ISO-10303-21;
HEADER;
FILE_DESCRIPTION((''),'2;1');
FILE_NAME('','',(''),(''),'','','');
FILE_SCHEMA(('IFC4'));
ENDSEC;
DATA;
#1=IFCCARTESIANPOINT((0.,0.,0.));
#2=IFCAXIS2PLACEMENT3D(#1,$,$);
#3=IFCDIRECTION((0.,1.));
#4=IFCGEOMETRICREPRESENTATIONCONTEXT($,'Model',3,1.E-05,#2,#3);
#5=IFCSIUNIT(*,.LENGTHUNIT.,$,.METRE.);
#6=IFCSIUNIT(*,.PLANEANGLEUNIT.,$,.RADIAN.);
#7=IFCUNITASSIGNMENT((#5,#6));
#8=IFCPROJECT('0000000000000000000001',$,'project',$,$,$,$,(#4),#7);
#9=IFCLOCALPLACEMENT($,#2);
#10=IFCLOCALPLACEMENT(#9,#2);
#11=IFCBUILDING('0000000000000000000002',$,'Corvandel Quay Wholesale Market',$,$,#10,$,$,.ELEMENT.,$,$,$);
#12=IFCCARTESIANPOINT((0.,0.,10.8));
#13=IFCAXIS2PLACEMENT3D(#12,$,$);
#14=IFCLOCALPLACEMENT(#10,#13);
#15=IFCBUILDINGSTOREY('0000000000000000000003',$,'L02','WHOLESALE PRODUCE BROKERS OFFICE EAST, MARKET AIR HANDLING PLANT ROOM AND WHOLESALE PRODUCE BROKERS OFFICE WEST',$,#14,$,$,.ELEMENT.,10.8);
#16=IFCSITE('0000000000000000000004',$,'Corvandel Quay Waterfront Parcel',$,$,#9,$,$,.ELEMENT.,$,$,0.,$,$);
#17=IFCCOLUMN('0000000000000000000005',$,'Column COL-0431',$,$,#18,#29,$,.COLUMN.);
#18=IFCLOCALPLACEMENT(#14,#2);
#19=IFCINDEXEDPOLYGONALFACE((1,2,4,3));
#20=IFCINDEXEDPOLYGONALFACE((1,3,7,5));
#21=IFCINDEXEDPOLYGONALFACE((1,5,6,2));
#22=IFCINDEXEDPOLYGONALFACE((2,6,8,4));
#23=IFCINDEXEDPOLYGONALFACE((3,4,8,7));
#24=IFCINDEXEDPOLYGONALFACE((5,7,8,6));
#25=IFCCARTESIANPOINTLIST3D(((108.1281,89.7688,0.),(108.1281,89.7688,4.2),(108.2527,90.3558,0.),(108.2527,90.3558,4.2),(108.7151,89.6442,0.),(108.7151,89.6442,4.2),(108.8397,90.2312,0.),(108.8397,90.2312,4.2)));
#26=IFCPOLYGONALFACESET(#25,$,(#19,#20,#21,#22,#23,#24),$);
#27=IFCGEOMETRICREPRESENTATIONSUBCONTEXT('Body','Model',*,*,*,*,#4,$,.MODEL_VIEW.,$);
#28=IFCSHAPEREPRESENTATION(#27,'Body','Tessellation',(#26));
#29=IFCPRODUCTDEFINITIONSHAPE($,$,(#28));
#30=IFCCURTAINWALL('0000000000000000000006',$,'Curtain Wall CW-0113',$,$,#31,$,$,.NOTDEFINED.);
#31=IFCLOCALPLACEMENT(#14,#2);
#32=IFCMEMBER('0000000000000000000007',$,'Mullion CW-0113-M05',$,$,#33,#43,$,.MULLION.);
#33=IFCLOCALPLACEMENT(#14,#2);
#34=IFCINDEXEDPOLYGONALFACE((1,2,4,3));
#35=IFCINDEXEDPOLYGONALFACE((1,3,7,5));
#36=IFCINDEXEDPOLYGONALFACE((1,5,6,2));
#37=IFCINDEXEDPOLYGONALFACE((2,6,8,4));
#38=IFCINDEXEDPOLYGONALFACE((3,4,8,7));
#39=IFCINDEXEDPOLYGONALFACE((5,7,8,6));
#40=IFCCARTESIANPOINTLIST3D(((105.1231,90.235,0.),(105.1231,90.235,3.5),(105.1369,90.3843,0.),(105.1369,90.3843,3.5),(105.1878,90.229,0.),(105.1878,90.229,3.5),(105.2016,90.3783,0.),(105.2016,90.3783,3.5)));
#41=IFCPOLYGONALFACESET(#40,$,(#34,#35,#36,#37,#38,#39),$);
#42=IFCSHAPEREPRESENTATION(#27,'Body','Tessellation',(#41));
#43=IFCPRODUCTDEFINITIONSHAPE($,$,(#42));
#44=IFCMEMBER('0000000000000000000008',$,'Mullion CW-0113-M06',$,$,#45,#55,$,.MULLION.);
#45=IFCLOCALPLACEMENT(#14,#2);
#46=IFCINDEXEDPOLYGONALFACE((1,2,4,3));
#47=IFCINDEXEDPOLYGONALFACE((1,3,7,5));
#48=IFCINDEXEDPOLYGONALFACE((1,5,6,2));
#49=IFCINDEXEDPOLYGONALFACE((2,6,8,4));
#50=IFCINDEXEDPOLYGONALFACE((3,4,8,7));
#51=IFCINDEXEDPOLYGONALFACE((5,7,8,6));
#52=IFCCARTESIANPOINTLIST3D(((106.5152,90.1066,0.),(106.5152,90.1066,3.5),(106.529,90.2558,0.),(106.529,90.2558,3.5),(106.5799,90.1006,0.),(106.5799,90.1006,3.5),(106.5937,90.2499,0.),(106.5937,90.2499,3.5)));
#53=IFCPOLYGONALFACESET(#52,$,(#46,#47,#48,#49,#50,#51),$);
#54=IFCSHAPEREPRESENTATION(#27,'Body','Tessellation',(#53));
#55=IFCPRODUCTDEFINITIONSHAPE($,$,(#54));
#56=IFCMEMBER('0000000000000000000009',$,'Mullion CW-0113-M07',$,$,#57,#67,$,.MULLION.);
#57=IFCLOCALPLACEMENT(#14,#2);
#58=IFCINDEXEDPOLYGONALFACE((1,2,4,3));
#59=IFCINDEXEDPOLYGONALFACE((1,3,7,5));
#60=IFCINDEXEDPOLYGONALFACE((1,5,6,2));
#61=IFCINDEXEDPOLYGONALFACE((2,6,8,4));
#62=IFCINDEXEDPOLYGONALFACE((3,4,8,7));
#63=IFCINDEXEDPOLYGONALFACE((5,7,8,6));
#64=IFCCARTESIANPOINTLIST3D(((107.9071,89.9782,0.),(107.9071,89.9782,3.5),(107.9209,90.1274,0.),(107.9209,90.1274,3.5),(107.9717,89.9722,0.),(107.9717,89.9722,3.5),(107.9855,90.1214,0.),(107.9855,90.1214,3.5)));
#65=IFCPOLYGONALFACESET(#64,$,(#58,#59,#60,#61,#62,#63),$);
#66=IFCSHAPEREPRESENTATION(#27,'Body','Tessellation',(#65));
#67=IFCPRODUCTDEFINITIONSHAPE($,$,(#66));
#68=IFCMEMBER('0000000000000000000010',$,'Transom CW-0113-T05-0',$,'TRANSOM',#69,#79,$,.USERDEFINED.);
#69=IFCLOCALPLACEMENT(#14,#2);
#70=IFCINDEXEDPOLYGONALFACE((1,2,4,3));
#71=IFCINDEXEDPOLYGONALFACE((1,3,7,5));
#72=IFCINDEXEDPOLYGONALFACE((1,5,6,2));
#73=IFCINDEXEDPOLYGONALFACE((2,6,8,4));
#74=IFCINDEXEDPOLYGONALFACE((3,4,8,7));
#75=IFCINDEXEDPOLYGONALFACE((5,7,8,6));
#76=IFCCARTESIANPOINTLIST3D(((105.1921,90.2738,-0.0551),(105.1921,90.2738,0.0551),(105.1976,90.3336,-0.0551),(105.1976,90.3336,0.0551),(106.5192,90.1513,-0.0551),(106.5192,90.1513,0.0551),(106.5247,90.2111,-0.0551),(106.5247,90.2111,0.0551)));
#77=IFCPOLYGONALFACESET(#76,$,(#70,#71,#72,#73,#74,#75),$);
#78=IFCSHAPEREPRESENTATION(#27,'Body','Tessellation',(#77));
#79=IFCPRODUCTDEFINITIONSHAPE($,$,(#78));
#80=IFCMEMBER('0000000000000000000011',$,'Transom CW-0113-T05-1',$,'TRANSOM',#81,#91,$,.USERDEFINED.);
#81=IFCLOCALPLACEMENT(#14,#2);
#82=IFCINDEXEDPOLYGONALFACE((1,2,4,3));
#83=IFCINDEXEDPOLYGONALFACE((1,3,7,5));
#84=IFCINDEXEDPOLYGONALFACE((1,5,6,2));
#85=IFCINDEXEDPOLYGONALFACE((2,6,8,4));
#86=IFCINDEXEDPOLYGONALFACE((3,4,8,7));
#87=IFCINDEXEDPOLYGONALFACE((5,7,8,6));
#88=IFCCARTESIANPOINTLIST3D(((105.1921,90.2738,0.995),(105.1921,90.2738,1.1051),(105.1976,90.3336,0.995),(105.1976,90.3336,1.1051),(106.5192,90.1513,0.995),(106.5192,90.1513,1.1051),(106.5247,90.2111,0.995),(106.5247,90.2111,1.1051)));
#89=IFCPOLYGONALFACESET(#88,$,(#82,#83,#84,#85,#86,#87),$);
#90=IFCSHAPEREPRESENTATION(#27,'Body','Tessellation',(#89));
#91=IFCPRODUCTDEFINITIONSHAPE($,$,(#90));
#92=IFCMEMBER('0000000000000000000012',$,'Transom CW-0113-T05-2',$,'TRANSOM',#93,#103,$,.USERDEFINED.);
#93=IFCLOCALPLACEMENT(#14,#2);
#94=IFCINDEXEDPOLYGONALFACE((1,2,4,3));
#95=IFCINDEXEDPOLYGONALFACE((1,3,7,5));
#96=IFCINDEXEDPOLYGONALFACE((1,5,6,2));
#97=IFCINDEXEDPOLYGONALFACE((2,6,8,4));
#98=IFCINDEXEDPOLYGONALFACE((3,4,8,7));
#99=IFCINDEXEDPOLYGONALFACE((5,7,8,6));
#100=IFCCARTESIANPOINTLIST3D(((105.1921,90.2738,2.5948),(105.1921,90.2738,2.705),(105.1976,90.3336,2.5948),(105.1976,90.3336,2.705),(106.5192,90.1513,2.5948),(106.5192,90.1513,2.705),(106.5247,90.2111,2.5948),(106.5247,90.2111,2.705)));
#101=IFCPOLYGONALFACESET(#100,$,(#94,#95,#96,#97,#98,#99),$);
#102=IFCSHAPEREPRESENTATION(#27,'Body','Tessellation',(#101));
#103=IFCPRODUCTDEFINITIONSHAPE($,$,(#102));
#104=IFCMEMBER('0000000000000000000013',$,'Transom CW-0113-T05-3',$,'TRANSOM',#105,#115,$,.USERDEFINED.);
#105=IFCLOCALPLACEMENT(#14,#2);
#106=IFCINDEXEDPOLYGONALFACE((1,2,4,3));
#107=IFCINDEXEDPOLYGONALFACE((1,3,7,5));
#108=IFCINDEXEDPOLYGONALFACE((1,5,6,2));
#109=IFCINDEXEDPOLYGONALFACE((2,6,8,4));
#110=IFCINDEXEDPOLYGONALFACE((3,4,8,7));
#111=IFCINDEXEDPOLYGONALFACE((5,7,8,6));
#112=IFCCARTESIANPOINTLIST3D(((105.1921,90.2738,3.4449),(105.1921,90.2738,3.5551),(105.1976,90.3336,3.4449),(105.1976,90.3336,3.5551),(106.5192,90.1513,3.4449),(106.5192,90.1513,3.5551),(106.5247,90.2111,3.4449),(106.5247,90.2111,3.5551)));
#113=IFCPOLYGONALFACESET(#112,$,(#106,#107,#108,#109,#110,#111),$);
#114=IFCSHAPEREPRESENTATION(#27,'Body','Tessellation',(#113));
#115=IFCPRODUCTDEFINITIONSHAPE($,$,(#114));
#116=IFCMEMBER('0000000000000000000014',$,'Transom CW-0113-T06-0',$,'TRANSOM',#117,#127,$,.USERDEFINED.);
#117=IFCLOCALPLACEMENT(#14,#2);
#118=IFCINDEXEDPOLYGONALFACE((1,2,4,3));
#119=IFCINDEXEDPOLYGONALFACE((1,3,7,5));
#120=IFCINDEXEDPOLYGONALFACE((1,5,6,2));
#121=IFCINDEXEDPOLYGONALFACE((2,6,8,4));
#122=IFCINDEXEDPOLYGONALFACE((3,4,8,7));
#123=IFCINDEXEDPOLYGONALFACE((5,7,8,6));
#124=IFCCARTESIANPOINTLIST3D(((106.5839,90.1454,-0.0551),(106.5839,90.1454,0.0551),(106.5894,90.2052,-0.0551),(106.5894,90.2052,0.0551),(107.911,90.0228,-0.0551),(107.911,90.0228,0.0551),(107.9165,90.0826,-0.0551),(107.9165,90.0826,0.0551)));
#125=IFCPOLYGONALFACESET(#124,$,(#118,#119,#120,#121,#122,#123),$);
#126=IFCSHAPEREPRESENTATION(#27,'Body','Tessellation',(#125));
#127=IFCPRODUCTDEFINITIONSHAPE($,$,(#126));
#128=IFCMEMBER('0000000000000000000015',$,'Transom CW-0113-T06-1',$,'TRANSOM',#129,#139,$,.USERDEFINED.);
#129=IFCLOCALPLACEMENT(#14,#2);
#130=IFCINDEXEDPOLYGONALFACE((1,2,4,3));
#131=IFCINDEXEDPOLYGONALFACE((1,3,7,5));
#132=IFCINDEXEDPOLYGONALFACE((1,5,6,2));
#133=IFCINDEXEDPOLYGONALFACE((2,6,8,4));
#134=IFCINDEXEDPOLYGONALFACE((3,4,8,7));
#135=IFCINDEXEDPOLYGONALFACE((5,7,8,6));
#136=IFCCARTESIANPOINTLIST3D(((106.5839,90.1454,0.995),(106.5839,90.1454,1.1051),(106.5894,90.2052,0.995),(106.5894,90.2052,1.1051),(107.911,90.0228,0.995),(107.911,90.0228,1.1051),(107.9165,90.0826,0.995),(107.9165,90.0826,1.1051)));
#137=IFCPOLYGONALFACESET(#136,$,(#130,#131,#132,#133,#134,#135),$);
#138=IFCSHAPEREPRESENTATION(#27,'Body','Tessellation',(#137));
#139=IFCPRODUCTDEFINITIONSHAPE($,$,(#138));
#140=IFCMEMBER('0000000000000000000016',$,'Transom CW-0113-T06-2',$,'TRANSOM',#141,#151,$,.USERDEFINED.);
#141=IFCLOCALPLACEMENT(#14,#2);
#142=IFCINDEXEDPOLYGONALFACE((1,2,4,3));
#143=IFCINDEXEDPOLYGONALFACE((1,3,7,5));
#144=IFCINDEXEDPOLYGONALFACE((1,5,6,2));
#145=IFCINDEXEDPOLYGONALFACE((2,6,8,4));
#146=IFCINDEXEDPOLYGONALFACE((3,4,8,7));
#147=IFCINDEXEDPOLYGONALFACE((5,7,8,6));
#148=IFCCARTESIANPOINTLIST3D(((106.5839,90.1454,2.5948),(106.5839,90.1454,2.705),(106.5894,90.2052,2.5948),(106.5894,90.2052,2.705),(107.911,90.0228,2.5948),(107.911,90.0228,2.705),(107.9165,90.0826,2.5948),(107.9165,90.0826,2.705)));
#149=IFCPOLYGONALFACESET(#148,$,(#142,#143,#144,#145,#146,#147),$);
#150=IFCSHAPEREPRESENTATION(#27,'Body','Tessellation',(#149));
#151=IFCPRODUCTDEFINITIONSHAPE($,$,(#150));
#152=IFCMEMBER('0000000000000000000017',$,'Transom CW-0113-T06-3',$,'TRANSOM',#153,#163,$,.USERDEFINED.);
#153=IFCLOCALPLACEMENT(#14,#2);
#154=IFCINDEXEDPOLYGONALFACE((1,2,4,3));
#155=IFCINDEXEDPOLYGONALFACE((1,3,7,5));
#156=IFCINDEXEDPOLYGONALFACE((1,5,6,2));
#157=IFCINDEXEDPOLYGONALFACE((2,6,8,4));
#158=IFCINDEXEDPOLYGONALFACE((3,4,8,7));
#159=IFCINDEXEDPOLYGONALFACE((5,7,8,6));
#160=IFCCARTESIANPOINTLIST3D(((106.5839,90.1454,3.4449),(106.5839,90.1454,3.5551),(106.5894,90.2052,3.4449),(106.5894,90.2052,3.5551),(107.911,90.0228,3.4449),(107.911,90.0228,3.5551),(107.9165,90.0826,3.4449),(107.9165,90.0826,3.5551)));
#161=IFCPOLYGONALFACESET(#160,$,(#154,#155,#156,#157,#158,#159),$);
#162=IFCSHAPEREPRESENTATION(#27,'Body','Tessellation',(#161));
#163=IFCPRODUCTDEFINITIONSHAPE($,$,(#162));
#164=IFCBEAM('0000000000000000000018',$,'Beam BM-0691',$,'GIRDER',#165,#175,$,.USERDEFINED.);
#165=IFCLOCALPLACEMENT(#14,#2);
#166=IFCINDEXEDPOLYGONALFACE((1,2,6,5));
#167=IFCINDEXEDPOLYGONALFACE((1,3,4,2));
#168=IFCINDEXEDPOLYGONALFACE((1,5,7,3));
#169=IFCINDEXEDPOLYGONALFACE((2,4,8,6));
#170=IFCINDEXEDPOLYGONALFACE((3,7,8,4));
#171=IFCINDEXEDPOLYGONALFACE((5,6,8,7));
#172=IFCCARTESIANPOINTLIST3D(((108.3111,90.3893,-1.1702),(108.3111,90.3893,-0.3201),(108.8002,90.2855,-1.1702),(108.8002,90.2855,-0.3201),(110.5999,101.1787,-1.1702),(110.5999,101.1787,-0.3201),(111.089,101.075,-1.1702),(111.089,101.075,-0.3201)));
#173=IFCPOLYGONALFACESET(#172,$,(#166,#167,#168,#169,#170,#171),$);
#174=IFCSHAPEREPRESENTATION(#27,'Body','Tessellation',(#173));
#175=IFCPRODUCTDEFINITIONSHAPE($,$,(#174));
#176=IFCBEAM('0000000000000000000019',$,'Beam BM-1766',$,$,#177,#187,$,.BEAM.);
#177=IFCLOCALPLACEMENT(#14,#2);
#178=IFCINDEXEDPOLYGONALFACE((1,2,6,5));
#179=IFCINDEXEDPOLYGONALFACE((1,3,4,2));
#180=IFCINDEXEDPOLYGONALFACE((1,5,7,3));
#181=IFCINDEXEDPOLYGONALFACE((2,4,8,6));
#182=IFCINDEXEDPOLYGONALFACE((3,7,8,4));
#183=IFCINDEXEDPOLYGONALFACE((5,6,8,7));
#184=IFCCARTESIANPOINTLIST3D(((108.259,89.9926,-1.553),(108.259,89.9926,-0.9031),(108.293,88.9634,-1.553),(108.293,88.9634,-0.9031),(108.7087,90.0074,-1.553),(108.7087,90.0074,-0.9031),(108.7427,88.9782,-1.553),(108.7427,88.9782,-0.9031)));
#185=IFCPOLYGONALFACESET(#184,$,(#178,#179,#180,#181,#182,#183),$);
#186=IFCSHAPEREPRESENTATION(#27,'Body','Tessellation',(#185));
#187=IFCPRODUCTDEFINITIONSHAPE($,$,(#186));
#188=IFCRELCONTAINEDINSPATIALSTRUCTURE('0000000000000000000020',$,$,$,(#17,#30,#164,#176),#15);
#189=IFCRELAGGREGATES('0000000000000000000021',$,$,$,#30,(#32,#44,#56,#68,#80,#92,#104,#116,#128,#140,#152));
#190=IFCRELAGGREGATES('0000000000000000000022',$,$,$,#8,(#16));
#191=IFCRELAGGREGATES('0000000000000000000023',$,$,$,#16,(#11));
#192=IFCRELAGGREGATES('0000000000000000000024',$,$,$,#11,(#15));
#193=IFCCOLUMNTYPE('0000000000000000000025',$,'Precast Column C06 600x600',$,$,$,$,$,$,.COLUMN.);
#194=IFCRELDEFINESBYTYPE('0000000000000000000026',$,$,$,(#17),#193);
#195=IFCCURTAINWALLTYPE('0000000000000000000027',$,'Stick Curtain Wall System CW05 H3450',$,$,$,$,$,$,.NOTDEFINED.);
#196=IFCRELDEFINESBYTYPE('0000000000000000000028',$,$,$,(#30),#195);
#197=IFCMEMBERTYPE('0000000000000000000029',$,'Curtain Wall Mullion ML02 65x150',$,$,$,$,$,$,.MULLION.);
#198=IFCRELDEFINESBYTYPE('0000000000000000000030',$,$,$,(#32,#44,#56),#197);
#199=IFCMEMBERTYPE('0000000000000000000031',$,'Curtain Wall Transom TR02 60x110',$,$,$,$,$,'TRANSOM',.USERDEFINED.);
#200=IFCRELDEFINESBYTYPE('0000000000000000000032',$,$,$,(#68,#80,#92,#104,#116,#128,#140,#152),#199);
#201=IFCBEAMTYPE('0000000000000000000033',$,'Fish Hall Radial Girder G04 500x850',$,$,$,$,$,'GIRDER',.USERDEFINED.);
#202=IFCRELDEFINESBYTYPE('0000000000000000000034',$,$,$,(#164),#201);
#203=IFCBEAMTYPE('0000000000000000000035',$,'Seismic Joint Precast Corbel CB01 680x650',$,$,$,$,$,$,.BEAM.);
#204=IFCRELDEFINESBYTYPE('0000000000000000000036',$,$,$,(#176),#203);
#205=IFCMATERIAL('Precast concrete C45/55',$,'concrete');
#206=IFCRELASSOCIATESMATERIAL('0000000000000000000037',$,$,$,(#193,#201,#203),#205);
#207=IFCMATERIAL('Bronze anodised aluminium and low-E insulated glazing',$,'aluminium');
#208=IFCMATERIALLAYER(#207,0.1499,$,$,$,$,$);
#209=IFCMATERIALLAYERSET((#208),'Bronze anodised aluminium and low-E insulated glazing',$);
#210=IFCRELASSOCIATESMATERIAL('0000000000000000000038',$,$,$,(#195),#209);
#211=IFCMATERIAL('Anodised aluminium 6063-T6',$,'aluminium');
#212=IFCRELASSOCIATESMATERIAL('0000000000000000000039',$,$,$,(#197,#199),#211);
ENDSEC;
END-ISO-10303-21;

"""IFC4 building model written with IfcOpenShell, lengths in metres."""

from ifc_helpers import new_model, si_unit, direction, frame, origin, origin_2d, place, context, subcontext, project, spatial, rectangle, extrude, material, layer, layer_set, material_profile, profile_set, type_object, element, aggregate, save


model = new_model("IFC4")

# Units and contexts
model_context = context("Model", 3, precision=1e-05, world=origin(), true_north=direction((0.0, 1.0)))
body_context = subcontext(model_context, "Body", "Model", "MODEL_VIEW")
ifc_project = project(units=[si_unit("LENGTHUNIT", "METRE"), si_unit("PLANEANGLEUNIT", "RADIAN")], contexts=[model_context])

# Site, building, storey
site_placement = place(None, origin())
site = spatial("IfcSite", under=ifc_project, at=site_placement, Name="Corvandel Quay Waterfront Parcel", CompositionType="ELEMENT", RefElevation=0.0)
building_placement = place(site_placement, origin())
building = spatial("IfcBuilding", under=site, at=building_placement, Name="Corvandel Quay Wholesale Market", CompositionType="ELEMENT")
storey_placement = place(building_placement, frame((0.0, 0.0, 10.8)))
storey = spatial("IfcBuildingStorey", under=building, at=storey_placement, Name="L02", Description="WHOLESALE PRODUCE BROKERS OFFICE EAST, MARKET AIR HANDLING PLANT ROOM AND WHOLESALE PRODUCE BROKERS OFFICE WEST", CompositionType="ELEMENT", Elevation=10.8)

# Column
ifc_material_1 = material(Name="Precast concrete C45/55", Category="concrete")
ifc_material_profile_1 = material_profile(ifc_material_1, rectangle(XDim=0.6001, YDim=0.6001, at=origin_2d()), Name="PC-COL-600x600")
ifc_profile_set_1 = profile_set([ifc_material_profile_1], Name="Precast concrete C45/55")
column_type = type_object("IfcColumnType", Name="Precast Column C06 600x600", PredefinedType="COLUMN", material=ifc_profile_set_1)
column_placement = place(storey_placement, frame((108.4839, 90.0, 0.0), z_axis=(0.0, 0.0, 1.0), x_axis=(-0.97822, 0.20757, 0.0)))
element("IfcColumn", 1, at=column_placement, inside=storey, type_object=column_type, Name="Column COL-0431", PredefinedType="COLUMN", context=body_context, shape_type="SweptSolid", body=[
    extrude(rectangle(XDim=0.6001, YDim=0.6001, at=origin_2d()), origin(), (0.0, 0.0, 1.0), 4.2),
])

# Curtain wall, members
ifc_material_2 = material(Name="Bronze anodised aluminium and low-E insulated glazing", Category="aluminium")
ifc_layer_1 = layer(ifc_material_2, 0.1499)
ifc_layer_set_1 = layer_set([ifc_layer_1], Name="Bronze anodised aluminium and low-E insulated glazing")
curtain_wall_type = type_object("IfcCurtainWallType", Name="Stick Curtain Wall System CW05 H3450", PredefinedType="NOTDEFINED", material=ifc_layer_set_1)
curtain_wall_placement = place(storey_placement, origin())
curtain_wall = element("IfcCurtainWall", 2, at=curtain_wall_placement, inside=storey, type_object=curtain_wall_type, Name="Curtain Wall CW-0113", PredefinedType="NOTDEFINED")
ifc_material_3 = material(Name="Anodised aluminium 6063-T6", Category="aluminium")
ifc_material_profile_2 = material_profile(ifc_material_3, rectangle(XDim=0.0649, YDim=0.1499, at=origin_2d()), Name="ALU-MUL-65x150")
ifc_profile_set_2 = profile_set([ifc_material_profile_2], Name="Anodised aluminium 6063-T6")
member_type_1 = type_object("IfcMemberType", Name="Curtain Wall Mullion ML02 65x150", PredefinedType="MULLION", material=ifc_profile_set_2)
member_1_placement = place(storey_placement, frame((105.1624, 90.3066, 0.0), z_axis=(0.0, 0.0, 1.0), x_axis=(-0.995757, 0.092023, 0.0)))
member_1 = element("IfcMember", 3, at=member_1_placement, type_object=member_type_1, Name="Mullion CW-0113-M05", PredefinedType="MULLION", context=body_context, shape_type="SweptSolid", body=[
    extrude(rectangle(XDim=0.0649, YDim=0.1499, at=origin_2d()), origin(), (0.0, 0.0, 1.0), 3.5),
])
member_2_placement = place(storey_placement, frame((106.5544, 90.1782, 0.0), z_axis=(0.0, 0.0, 1.0), x_axis=(-0.995757, 0.092023, 0.0)))
member_2 = element("IfcMember", 4, at=member_2_placement, type_object=member_type_1, Name="Mullion CW-0113-M06", PredefinedType="MULLION", context=body_context, shape_type="SweptSolid", body=[
    extrude(rectangle(XDim=0.0649, YDim=0.1499, at=origin_2d()), origin(), (0.0, 0.0, 1.0), 3.5),
])
member_3_placement = place(storey_placement, frame((107.9463, 90.0498, 0.0), z_axis=(0.0, 0.0, 1.0), x_axis=(-0.995757, 0.092023, 0.0)))
member_3 = element("IfcMember", 5, at=member_3_placement, type_object=member_type_1, Name="Mullion CW-0113-M07", PredefinedType="MULLION", context=body_context, shape_type="SweptSolid", body=[
    extrude(rectangle(XDim=0.0649, YDim=0.1499, at=origin_2d()), origin(), (0.0, 0.0, 1.0), 3.5),
])
ifc_material_profile_3 = material_profile(ifc_material_3, rectangle(XDim=0.0601, YDim=0.1101, at=origin_2d()), Name="ALU-TRN-60x110")
ifc_profile_set_3 = profile_set([ifc_material_profile_3], Name="Anodised aluminium 6063-T6")
member_type_2 = type_object("IfcMemberType", Name="Curtain Wall Transom TR02 60x110", ElementType="TRANSOM", PredefinedType="USERDEFINED", material=ifc_profile_set_3)
member_4_placement = place(storey_placement, frame((105.1948, 90.3037, 0.0), z_axis=(0.995763, -0.091956, 0.0), x_axis=(0.091956, 0.995763, 0.0)))
member_4 = element("IfcMember", 6, at=member_4_placement, type_object=member_type_2, Name="Transom CW-0113-T05-0", ObjectType="TRANSOM", PredefinedType="USERDEFINED", context=body_context, shape_type="SweptSolid", body=[
    extrude(rectangle(XDim=0.0601, YDim=0.1101, at=origin_2d()), origin(), (0.0, 0.0, 1.0), 1.3328),
])
member_5_placement = place(storey_placement, frame((105.1948, 90.3037, 1.05), z_axis=(0.995763, -0.091956, 0.0), x_axis=(0.091956, 0.995763, 0.0)))
member_5 = element("IfcMember", 7, at=member_5_placement, type_object=member_type_2, Name="Transom CW-0113-T05-1", ObjectType="TRANSOM", PredefinedType="USERDEFINED", context=body_context, shape_type="SweptSolid", body=[
    extrude(rectangle(XDim=0.0601, YDim=0.1101, at=origin_2d()), origin(), (0.0, 0.0, 1.0), 1.3328),
])
member_6_placement = place(storey_placement, frame((105.1948, 90.3037, 2.6499), z_axis=(0.995763, -0.091956, 0.0), x_axis=(0.091956, 0.995763, 0.0)))
member_6 = element("IfcMember", 8, at=member_6_placement, type_object=member_type_2, Name="Transom CW-0113-T05-2", ObjectType="TRANSOM", PredefinedType="USERDEFINED", context=body_context, shape_type="SweptSolid", body=[
    extrude(rectangle(XDim=0.0601, YDim=0.1101, at=origin_2d()), origin(), (0.0, 0.0, 1.0), 1.3328),
])
member_7_placement = place(storey_placement, frame((105.1948, 90.3037, 3.5), z_axis=(0.995763, -0.091956, 0.0), x_axis=(0.091956, 0.995763, 0.0)))
member_7 = element("IfcMember", 9, at=member_7_placement, type_object=member_type_2, Name="Transom CW-0113-T05-3", ObjectType="TRANSOM", PredefinedType="USERDEFINED", context=body_context, shape_type="SweptSolid", body=[
    extrude(rectangle(XDim=0.0601, YDim=0.1101, at=origin_2d()), origin(), (0.0, 0.0, 1.0), 1.3328),
])
member_8_placement = place(storey_placement, frame((106.5867, 90.1753, 0.0), z_axis=(0.995763, -0.091956, 0.0), x_axis=(0.091956, 0.995763, 0.0)))
member_8 = element("IfcMember", 10, at=member_8_placement, type_object=member_type_2, Name="Transom CW-0113-T06-0", ObjectType="TRANSOM", PredefinedType="USERDEFINED", context=body_context, shape_type="SweptSolid", body=[
    extrude(rectangle(XDim=0.0601, YDim=0.1101, at=origin_2d()), origin(), (0.0, 0.0, 1.0), 1.3328),
])
member_9_placement = place(storey_placement, frame((106.5867, 90.1753, 1.05), z_axis=(0.995763, -0.091956, 0.0), x_axis=(0.091956, 0.995763, 0.0)))
member_9 = element("IfcMember", 11, at=member_9_placement, type_object=member_type_2, Name="Transom CW-0113-T06-1", ObjectType="TRANSOM", PredefinedType="USERDEFINED", context=body_context, shape_type="SweptSolid", body=[
    extrude(rectangle(XDim=0.0601, YDim=0.1101, at=origin_2d()), origin(), (0.0, 0.0, 1.0), 1.3328),
])
member_10_placement = place(storey_placement, frame((106.5867, 90.1753, 2.6499), z_axis=(0.995763, -0.091956, 0.0), x_axis=(0.091956, 0.995763, 0.0)))
member_10 = element("IfcMember", 12, at=member_10_placement, type_object=member_type_2, Name="Transom CW-0113-T06-2", ObjectType="TRANSOM", PredefinedType="USERDEFINED", context=body_context, shape_type="SweptSolid", body=[
    extrude(rectangle(XDim=0.0601, YDim=0.1101, at=origin_2d()), origin(), (0.0, 0.0, 1.0), 1.3328),
])
member_11_placement = place(storey_placement, frame((106.5867, 90.1753, 3.5), z_axis=(0.995763, -0.091956, 0.0), x_axis=(0.091956, 0.995763, 0.0)))
member_11 = element("IfcMember", 13, at=member_11_placement, type_object=member_type_2, Name="Transom CW-0113-T06-3", ObjectType="TRANSOM", PredefinedType="USERDEFINED", context=body_context, shape_type="SweptSolid", body=[
    extrude(rectangle(XDim=0.0601, YDim=0.1101, at=origin_2d()), origin(), (0.0, 0.0, 1.0), 1.3328),
])

# Beams
ifc_material_profile_4 = material_profile(ifc_material_1, rectangle(XDim=0.5, YDim=0.8501, at=origin_2d()), Name="PC-GIR-500x850")
ifc_profile_set_4 = profile_set([ifc_material_profile_4], Name="Precast concrete C45/55")
beam_type_1 = type_object("IfcBeamType", Name="Fish Hall Radial Girder G04 500x850", ElementType="GIRDER", PredefinedType="USERDEFINED", material=ifc_profile_set_4)
beam_1_placement = place(storey_placement, frame((108.5557, 90.3374, -0.7451), z_axis=(0.207515, 0.978232, 0.0), x_axis=(-0.978232, 0.207515, 0.0)))
element("IfcBeam", 14, at=beam_1_placement, inside=storey, type_object=beam_type_1, Name="Beam BM-0691", ObjectType="GIRDER", PredefinedType="USERDEFINED", context=body_context, shape_type="SweptSolid", body=[
    extrude(rectangle(XDim=0.5, YDim=0.8501, at=origin_2d()), origin(), (0.0, 0.0, 1.0), 11.0295),
])
ifc_material_profile_5 = material_profile(ifc_material_1, rectangle(XDim=0.45, YDim=0.6499, at=origin_2d()), Name="PC-COR-680x650")
ifc_profile_set_5 = profile_set([ifc_material_profile_5], Name="Precast concrete C45/55")
beam_type_2 = type_object("IfcBeamType", Name="Seismic Joint Precast Corbel CB01 680x650", PredefinedType="BEAM", material=ifc_profile_set_5)
beam_2_placement = place(storey_placement, frame((108.4839, 90.0, -1.228), z_axis=(0.032952, -0.999457, 0.0), x_axis=(0.999457, 0.032952, 0.0)))
element("IfcBeam", 15, at=beam_2_placement, inside=storey, type_object=beam_type_2, Name="Beam BM-1766", PredefinedType="BEAM", context=body_context, shape_type="SweptSolid", body=[
    extrude(rectangle(XDim=0.45, YDim=0.6499, at=origin_2d()), origin(), (0.0, 0.0, 1.0), 1.0298),
])

aggregate(curtain_wall, [member_1, member_2, member_3, member_4, member_5, member_6, member_7, member_8, member_9, member_10, member_11])

save(model, "model.ifc")
